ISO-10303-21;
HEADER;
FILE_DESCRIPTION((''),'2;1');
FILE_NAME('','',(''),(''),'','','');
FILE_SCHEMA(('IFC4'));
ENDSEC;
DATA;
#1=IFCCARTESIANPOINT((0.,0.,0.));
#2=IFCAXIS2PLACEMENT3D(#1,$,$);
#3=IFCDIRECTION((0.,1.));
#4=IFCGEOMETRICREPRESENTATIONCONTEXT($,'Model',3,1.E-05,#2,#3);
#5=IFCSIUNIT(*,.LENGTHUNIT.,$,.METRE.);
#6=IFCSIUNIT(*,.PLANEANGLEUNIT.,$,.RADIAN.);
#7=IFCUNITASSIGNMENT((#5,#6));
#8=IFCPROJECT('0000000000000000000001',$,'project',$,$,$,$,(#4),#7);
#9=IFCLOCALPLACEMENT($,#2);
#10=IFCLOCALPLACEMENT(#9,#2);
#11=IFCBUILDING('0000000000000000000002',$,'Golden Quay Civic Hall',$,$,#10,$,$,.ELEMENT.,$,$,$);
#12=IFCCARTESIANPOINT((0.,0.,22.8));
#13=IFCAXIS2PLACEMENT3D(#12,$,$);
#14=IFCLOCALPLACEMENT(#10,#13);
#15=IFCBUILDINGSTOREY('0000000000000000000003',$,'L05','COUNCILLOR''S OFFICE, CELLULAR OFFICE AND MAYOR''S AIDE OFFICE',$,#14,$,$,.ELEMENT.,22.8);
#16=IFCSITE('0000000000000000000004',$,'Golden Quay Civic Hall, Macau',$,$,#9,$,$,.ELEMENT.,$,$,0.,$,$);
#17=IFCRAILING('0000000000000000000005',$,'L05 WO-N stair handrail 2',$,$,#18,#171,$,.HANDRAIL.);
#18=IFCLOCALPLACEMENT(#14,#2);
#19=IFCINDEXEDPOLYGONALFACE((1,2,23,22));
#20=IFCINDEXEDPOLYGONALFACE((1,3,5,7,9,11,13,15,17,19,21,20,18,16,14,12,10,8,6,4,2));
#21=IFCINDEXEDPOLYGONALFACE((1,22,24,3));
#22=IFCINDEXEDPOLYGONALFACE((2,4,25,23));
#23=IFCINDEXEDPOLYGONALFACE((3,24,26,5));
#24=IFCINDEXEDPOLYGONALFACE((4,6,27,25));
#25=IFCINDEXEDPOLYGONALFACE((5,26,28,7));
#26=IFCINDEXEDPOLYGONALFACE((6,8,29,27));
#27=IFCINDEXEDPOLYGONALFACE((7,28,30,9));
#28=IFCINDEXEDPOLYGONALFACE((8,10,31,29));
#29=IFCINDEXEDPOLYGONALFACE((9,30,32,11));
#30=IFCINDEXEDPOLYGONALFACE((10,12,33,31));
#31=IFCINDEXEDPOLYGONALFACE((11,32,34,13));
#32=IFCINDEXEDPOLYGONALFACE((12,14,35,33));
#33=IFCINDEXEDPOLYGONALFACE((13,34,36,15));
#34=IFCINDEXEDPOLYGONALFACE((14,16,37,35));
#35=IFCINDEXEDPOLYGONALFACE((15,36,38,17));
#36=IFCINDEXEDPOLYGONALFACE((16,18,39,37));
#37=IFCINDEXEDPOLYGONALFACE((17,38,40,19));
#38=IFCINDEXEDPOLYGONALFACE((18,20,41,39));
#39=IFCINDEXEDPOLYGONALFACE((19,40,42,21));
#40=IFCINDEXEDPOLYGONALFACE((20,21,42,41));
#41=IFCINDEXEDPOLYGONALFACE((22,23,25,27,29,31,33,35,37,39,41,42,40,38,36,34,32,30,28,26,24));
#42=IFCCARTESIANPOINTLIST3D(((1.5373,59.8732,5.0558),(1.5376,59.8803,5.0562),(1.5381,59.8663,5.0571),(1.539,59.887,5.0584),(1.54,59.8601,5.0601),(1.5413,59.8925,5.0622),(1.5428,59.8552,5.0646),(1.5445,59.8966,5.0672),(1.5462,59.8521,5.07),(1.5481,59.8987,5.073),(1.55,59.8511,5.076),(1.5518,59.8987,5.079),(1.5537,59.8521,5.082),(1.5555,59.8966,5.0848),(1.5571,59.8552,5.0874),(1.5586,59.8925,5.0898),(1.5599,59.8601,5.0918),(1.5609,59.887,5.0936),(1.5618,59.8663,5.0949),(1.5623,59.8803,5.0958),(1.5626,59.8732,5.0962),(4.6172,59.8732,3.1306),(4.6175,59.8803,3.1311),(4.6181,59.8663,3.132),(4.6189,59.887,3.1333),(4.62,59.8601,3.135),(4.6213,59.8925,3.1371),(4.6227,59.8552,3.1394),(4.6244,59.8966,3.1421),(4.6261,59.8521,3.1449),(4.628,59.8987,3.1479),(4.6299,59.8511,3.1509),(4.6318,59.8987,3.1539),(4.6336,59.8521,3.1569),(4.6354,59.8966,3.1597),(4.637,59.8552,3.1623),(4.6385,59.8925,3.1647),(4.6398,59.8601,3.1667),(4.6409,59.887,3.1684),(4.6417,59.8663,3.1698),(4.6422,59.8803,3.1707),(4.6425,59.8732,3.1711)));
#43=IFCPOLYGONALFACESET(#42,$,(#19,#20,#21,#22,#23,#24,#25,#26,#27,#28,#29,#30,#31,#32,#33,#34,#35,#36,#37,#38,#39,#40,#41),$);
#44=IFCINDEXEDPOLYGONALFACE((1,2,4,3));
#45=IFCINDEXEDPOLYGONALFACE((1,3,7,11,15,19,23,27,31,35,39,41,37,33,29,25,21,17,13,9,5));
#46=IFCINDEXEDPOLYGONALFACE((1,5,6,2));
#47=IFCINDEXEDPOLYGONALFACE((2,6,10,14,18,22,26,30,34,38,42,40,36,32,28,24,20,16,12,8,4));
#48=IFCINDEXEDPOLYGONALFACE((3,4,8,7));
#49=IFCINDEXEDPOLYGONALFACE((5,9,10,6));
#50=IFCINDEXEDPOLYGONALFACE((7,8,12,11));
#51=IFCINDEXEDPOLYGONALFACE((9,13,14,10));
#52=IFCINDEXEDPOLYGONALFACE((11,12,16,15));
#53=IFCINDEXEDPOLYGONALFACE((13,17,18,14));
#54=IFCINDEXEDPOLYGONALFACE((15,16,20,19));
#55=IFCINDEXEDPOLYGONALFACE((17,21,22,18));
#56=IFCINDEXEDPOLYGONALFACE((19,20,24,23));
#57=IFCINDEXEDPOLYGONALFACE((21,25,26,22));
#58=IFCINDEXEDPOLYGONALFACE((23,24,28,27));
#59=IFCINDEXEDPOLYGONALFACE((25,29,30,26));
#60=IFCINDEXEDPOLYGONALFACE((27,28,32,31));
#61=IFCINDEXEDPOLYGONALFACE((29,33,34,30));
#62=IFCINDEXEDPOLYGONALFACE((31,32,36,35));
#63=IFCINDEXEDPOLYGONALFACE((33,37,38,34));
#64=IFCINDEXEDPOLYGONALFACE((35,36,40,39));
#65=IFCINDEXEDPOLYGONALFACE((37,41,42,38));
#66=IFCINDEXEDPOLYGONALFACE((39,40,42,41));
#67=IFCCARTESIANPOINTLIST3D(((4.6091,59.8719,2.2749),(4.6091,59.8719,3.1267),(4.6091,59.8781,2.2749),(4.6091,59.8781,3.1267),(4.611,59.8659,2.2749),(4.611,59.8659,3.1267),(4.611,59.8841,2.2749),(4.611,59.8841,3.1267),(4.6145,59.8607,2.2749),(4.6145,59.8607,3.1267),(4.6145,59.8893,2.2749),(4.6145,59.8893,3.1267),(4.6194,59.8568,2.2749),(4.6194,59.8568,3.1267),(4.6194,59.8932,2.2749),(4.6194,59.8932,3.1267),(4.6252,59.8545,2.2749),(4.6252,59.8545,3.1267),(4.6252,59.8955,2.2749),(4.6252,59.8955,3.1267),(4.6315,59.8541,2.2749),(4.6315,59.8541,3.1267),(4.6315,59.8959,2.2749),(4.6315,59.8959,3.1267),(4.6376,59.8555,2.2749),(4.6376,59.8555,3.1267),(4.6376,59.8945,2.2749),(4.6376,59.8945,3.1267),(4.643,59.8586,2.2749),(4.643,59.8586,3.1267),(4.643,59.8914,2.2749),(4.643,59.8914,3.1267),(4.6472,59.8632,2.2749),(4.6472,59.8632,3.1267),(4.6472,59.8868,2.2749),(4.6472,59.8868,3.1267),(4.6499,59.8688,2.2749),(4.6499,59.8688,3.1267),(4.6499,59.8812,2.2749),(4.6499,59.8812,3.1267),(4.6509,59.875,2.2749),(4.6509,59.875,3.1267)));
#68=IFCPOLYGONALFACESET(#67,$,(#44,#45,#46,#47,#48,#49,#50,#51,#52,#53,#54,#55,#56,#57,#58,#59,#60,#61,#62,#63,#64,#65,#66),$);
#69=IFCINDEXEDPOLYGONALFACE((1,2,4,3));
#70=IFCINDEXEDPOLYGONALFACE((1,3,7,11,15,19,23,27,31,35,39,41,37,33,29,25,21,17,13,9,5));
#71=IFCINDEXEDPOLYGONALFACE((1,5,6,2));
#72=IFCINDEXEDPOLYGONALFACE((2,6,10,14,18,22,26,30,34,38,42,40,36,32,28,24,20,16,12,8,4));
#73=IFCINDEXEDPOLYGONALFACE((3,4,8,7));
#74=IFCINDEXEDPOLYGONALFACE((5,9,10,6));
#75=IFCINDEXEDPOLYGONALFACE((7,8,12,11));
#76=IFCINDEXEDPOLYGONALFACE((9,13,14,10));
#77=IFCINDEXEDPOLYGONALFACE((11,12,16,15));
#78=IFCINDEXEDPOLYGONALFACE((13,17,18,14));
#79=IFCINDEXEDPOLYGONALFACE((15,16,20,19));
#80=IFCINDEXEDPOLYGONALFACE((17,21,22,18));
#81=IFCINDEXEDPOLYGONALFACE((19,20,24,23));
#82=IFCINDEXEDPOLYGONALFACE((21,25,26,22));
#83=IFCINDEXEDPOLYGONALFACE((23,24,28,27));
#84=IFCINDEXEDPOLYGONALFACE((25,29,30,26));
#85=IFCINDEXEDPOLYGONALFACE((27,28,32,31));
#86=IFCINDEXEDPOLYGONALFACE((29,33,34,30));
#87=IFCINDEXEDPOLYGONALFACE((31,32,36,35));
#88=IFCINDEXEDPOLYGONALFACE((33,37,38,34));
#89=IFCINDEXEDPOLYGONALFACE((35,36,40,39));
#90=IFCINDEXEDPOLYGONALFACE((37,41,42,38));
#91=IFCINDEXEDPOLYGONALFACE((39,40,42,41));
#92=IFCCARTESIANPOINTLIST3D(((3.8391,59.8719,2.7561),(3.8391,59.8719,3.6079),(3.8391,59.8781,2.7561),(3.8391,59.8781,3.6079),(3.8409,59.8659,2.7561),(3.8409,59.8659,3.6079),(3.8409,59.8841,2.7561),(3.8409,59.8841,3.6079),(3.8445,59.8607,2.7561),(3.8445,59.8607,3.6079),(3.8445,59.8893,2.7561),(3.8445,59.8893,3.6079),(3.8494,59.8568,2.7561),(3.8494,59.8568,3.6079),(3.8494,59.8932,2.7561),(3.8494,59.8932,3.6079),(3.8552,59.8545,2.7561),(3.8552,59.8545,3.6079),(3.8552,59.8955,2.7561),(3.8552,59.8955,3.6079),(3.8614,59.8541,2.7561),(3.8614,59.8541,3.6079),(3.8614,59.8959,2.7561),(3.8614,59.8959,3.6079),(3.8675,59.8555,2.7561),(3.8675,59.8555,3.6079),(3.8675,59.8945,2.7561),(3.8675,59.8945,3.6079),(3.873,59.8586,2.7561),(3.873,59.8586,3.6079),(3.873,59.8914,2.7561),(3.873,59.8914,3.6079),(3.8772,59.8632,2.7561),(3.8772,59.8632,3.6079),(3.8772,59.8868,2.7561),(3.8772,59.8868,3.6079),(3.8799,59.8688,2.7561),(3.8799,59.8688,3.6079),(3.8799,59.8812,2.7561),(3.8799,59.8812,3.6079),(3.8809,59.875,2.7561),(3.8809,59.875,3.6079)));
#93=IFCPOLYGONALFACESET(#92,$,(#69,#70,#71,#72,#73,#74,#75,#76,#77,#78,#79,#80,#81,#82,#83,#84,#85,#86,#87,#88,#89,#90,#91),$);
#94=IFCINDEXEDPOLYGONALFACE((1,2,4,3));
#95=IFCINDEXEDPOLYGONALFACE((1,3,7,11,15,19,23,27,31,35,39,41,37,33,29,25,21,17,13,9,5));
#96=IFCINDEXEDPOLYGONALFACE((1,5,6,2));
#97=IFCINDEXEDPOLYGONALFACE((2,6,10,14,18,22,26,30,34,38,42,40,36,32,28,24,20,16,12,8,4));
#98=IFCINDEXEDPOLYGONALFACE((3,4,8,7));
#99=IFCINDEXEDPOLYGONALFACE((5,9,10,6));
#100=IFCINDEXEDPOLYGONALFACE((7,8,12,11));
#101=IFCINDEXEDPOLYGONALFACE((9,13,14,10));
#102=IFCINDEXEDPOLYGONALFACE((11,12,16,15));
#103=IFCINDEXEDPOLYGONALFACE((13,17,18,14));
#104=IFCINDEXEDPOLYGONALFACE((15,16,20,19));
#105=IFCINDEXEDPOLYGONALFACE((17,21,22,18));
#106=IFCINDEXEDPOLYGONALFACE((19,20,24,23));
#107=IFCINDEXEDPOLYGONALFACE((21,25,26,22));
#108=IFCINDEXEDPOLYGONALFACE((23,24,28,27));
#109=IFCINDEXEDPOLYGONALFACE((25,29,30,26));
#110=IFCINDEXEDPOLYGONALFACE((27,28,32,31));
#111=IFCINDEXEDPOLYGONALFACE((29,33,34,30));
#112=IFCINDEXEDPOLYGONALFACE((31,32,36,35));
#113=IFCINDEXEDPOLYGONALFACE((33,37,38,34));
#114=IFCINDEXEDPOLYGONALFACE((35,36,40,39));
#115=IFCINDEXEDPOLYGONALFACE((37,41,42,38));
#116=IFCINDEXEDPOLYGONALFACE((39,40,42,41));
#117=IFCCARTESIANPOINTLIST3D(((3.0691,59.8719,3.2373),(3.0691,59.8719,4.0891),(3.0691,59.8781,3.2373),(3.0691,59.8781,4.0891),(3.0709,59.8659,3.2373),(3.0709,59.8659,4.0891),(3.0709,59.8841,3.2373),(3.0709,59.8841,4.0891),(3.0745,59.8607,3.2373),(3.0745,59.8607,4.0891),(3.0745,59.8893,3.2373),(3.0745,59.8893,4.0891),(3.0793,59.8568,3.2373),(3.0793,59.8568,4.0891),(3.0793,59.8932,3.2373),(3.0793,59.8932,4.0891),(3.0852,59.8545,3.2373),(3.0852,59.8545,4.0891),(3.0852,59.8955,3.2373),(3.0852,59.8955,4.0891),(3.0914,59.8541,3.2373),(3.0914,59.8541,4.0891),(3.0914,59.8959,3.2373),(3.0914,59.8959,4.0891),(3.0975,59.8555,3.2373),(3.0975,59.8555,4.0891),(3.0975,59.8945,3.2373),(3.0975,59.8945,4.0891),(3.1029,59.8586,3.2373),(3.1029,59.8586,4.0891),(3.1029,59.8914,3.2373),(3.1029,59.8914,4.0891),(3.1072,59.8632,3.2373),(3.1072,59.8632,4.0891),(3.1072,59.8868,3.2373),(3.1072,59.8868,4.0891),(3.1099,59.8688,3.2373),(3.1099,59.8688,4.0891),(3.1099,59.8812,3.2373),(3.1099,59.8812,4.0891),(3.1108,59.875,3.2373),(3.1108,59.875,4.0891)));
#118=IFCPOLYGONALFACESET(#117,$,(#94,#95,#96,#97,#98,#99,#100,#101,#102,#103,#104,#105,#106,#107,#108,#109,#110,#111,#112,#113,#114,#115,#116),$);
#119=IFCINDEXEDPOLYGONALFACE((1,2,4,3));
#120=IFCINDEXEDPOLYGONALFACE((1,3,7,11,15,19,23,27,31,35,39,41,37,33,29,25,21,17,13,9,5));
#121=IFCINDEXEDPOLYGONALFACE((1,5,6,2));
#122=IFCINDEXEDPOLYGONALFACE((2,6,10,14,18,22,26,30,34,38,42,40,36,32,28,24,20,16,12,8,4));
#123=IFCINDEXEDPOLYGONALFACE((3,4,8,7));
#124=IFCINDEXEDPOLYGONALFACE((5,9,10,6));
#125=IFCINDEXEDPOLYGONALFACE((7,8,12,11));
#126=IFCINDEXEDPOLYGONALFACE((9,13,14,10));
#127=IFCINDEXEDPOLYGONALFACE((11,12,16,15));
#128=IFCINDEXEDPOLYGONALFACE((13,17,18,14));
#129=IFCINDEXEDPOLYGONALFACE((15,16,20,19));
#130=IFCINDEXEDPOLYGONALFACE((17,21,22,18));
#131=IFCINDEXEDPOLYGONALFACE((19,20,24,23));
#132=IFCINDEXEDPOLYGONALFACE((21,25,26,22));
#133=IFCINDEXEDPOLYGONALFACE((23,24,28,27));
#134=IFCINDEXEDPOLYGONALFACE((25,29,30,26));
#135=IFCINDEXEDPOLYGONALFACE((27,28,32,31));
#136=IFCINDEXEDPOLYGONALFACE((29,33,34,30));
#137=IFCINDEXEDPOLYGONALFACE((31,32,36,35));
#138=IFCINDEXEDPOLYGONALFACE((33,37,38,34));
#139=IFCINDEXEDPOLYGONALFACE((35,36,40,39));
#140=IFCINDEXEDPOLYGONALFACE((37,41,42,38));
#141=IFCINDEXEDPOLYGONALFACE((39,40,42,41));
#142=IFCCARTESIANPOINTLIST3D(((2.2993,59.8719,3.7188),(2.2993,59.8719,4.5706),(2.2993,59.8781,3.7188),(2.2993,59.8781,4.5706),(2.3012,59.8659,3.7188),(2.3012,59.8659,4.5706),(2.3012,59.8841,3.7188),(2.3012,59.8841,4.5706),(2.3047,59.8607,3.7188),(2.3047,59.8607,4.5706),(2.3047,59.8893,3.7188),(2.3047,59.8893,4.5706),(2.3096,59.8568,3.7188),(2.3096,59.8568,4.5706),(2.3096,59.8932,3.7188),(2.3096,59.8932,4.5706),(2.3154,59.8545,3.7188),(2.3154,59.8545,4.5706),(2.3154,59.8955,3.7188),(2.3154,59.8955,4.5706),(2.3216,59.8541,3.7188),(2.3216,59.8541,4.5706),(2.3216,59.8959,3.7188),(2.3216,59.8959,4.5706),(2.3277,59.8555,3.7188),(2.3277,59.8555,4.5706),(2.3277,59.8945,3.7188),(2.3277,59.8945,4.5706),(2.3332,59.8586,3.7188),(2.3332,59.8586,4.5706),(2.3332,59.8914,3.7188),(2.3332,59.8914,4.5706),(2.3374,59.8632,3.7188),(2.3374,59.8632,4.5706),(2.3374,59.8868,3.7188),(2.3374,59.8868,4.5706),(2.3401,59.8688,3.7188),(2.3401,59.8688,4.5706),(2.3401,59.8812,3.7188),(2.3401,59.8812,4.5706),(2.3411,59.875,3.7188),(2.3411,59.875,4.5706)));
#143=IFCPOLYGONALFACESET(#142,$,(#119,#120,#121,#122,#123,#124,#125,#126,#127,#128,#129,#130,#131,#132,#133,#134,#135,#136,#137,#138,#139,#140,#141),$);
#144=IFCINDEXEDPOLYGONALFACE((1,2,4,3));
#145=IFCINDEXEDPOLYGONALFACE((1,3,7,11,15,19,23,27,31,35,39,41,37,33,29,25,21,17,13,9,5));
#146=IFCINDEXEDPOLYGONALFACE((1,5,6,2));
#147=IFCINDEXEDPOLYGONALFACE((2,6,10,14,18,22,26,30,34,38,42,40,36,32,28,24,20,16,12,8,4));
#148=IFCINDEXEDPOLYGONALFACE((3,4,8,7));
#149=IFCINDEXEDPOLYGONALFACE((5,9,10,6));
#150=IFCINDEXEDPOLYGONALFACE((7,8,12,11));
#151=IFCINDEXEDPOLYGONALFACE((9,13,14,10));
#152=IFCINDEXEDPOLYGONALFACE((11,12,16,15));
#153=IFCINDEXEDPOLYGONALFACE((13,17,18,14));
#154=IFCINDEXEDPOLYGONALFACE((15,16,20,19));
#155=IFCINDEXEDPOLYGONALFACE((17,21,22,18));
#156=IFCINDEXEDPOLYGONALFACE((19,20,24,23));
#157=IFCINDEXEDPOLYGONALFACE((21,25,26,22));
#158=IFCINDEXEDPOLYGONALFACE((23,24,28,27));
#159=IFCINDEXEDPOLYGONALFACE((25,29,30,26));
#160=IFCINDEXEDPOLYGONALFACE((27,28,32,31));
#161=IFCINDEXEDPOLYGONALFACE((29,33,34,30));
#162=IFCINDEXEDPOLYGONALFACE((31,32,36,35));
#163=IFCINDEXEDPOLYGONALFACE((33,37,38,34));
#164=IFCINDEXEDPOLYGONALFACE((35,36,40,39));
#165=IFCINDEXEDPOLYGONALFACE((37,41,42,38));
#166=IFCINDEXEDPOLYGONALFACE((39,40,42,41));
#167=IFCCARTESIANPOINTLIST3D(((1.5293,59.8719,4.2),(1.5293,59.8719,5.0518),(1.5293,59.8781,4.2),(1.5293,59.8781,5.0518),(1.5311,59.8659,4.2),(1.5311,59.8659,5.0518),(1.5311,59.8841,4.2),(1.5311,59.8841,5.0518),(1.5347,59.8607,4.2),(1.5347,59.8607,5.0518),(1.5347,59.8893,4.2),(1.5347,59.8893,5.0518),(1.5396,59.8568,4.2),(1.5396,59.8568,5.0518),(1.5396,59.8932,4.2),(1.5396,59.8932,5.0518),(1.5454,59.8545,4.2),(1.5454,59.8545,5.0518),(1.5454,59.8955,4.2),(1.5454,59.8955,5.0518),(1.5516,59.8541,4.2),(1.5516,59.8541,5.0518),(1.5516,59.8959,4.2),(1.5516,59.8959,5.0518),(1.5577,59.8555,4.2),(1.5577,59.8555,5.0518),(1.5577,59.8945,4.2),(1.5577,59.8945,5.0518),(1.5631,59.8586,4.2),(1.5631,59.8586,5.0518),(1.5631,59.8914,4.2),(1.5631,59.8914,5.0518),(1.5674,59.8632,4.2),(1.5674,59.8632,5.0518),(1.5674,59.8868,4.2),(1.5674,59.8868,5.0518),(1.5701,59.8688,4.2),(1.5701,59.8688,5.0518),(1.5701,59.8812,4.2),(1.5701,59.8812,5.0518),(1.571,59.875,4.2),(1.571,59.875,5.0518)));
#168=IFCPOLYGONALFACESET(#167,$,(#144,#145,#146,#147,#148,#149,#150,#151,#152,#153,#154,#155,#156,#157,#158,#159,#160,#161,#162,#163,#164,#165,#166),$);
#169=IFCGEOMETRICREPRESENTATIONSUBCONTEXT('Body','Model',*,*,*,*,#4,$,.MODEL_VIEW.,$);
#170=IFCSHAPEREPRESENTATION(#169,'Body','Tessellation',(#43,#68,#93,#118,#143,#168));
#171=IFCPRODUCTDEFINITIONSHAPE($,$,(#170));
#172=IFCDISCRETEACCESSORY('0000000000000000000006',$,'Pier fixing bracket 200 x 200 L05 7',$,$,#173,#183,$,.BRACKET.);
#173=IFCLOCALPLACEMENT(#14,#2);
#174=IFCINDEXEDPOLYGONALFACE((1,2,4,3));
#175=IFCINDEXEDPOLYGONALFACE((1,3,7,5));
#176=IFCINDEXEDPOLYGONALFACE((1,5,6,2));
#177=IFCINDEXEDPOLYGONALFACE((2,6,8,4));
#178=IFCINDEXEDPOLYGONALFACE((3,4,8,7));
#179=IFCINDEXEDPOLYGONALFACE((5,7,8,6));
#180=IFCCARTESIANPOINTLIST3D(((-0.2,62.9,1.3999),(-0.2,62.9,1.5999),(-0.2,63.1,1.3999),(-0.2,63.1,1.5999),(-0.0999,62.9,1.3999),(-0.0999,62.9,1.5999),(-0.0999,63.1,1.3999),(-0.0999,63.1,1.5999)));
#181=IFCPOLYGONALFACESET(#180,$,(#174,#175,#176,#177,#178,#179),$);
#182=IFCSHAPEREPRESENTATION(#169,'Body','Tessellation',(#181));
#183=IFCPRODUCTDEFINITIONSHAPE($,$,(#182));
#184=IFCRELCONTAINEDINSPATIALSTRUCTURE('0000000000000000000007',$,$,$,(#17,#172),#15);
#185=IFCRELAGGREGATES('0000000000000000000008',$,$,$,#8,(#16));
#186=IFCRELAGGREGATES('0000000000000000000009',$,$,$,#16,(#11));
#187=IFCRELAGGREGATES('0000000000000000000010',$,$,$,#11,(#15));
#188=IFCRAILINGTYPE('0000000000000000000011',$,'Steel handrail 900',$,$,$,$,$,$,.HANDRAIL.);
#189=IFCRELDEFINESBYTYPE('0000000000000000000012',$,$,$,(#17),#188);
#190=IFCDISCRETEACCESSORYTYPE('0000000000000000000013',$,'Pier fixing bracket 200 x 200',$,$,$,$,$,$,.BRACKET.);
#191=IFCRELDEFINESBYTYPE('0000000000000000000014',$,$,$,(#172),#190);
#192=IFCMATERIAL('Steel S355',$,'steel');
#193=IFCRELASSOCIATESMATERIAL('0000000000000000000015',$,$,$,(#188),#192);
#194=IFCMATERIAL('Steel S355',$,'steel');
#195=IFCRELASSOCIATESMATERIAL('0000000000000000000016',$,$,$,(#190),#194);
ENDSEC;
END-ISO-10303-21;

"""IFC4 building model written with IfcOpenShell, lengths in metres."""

from ifc_helpers import new_model, si_unit, direction, frame, origin, origin_2d, place, context, subcontext, project, spatial, rectangle, circle, extrude, material, type_object, element, save


model = new_model("IFC4")

# Units and contexts
model_context = context("Model", 3, precision=1e-05, world=origin(), true_north=direction((0.0, 1.0)))
body_context = subcontext(model_context, "Body", "Model", "MODEL_VIEW")
ifc_project = project(units=[si_unit("LENGTHUNIT", "METRE"), si_unit("PLANEANGLEUNIT", "RADIAN")], contexts=[model_context])

# Site, building, storey
site_placement = place(None, origin())
site = spatial("IfcSite", under=ifc_project, at=site_placement, Name="Golden Quay Civic Hall, Macau", CompositionType="ELEMENT", RefElevation=0.0)
building_placement = place(site_placement, origin())
building = spatial("IfcBuilding", under=site, at=building_placement, Name="Golden Quay Civic Hall", CompositionType="ELEMENT")
storey_placement = place(building_placement, frame((0.0, 0.0, 22.8)))
storey = spatial("IfcBuildingStorey", under=building, at=storey_placement, Name="L05", Description="COUNCILLOR'S OFFICE, CELLULAR OFFICE AND MAYOR'S AIDE OFFICE", CompositionType="ELEMENT", Elevation=22.8)

# Railing
ifc_material_1 = material(Name="Steel S355", Category="steel")
railing_type_1 = type_object("IfcRailingType", Name="Steel handrail 900", PredefinedType="HANDRAIL", material=ifc_material_1)
railing_1_placement = place(storey_placement, frame((4.6299, 59.875, 2.2749)))
element("IfcRailing", 1, at=railing_1_placement, inside=storey, type_object=railing_type_1, Name="L05 WO-N stair handrail 2", PredefinedType="HANDRAIL", context=body_context, shape_type="SweptSolid", body=[
    extrude(circle(Radius=0.0239, at=origin_2d()), frame((0.0, 0.0, 0.876), z_axis=(-0.847979, 0.0, 0.530029), x_axis=(0.0, -1.0, 0.0)), (0.0, 0.0, 1.0), 3.6321),
    extrude(circle(Radius=0.021, at=origin_2d()), origin(), (0.0, 0.0, 1.0), 0.8518),
    extrude(circle(Radius=0.021, at=origin_2d()), frame((-0.77, 0.0, 0.4812)), (0.0, 0.0, 1.0), 0.8518),
    extrude(circle(Radius=0.021, at=origin_2d()), frame((-1.54, 0.0, 0.9624)), (0.0, 0.0, 1.0), 0.8518),
    extrude(circle(Radius=0.021, at=origin_2d()), frame((-2.3098, 0.0, 1.4438)), (0.0, 0.0, 1.0), 0.8518),
    extrude(circle(Radius=0.021, at=origin_2d()), frame((-3.0798, 0.0, 1.925)), (0.0, 0.0, 1.0), 0.8518),
])

# Discrete accessory
ifc_material_2 = material(Name="Steel S355", Category="steel")
discrete_accessory_type = type_object("IfcDiscreteAccessoryType", Name="Pier fixing bracket 200 x 200", PredefinedType="BRACKET", material=ifc_material_2)
discrete_accessory_placement = place(storey_placement, frame((-0.1499, 63.0, 1.3999), z_axis=(0.0, 0.0, 1.0), x_axis=(0.0, -1.0, 0.0)))
element("IfcDiscreteAccessory", 2, at=discrete_accessory_placement, inside=storey, type_object=discrete_accessory_type, Name="Pier fixing bracket 200 x 200 L05 7", PredefinedType="BRACKET", context=body_context, shape_type="SweptSolid", body=[
    extrude(rectangle(XDim=0.2, YDim=0.1001, at=origin_2d()), origin(), (0.0, 0.0, 1.0), 0.2),
])

save(model, "model.ifc")
